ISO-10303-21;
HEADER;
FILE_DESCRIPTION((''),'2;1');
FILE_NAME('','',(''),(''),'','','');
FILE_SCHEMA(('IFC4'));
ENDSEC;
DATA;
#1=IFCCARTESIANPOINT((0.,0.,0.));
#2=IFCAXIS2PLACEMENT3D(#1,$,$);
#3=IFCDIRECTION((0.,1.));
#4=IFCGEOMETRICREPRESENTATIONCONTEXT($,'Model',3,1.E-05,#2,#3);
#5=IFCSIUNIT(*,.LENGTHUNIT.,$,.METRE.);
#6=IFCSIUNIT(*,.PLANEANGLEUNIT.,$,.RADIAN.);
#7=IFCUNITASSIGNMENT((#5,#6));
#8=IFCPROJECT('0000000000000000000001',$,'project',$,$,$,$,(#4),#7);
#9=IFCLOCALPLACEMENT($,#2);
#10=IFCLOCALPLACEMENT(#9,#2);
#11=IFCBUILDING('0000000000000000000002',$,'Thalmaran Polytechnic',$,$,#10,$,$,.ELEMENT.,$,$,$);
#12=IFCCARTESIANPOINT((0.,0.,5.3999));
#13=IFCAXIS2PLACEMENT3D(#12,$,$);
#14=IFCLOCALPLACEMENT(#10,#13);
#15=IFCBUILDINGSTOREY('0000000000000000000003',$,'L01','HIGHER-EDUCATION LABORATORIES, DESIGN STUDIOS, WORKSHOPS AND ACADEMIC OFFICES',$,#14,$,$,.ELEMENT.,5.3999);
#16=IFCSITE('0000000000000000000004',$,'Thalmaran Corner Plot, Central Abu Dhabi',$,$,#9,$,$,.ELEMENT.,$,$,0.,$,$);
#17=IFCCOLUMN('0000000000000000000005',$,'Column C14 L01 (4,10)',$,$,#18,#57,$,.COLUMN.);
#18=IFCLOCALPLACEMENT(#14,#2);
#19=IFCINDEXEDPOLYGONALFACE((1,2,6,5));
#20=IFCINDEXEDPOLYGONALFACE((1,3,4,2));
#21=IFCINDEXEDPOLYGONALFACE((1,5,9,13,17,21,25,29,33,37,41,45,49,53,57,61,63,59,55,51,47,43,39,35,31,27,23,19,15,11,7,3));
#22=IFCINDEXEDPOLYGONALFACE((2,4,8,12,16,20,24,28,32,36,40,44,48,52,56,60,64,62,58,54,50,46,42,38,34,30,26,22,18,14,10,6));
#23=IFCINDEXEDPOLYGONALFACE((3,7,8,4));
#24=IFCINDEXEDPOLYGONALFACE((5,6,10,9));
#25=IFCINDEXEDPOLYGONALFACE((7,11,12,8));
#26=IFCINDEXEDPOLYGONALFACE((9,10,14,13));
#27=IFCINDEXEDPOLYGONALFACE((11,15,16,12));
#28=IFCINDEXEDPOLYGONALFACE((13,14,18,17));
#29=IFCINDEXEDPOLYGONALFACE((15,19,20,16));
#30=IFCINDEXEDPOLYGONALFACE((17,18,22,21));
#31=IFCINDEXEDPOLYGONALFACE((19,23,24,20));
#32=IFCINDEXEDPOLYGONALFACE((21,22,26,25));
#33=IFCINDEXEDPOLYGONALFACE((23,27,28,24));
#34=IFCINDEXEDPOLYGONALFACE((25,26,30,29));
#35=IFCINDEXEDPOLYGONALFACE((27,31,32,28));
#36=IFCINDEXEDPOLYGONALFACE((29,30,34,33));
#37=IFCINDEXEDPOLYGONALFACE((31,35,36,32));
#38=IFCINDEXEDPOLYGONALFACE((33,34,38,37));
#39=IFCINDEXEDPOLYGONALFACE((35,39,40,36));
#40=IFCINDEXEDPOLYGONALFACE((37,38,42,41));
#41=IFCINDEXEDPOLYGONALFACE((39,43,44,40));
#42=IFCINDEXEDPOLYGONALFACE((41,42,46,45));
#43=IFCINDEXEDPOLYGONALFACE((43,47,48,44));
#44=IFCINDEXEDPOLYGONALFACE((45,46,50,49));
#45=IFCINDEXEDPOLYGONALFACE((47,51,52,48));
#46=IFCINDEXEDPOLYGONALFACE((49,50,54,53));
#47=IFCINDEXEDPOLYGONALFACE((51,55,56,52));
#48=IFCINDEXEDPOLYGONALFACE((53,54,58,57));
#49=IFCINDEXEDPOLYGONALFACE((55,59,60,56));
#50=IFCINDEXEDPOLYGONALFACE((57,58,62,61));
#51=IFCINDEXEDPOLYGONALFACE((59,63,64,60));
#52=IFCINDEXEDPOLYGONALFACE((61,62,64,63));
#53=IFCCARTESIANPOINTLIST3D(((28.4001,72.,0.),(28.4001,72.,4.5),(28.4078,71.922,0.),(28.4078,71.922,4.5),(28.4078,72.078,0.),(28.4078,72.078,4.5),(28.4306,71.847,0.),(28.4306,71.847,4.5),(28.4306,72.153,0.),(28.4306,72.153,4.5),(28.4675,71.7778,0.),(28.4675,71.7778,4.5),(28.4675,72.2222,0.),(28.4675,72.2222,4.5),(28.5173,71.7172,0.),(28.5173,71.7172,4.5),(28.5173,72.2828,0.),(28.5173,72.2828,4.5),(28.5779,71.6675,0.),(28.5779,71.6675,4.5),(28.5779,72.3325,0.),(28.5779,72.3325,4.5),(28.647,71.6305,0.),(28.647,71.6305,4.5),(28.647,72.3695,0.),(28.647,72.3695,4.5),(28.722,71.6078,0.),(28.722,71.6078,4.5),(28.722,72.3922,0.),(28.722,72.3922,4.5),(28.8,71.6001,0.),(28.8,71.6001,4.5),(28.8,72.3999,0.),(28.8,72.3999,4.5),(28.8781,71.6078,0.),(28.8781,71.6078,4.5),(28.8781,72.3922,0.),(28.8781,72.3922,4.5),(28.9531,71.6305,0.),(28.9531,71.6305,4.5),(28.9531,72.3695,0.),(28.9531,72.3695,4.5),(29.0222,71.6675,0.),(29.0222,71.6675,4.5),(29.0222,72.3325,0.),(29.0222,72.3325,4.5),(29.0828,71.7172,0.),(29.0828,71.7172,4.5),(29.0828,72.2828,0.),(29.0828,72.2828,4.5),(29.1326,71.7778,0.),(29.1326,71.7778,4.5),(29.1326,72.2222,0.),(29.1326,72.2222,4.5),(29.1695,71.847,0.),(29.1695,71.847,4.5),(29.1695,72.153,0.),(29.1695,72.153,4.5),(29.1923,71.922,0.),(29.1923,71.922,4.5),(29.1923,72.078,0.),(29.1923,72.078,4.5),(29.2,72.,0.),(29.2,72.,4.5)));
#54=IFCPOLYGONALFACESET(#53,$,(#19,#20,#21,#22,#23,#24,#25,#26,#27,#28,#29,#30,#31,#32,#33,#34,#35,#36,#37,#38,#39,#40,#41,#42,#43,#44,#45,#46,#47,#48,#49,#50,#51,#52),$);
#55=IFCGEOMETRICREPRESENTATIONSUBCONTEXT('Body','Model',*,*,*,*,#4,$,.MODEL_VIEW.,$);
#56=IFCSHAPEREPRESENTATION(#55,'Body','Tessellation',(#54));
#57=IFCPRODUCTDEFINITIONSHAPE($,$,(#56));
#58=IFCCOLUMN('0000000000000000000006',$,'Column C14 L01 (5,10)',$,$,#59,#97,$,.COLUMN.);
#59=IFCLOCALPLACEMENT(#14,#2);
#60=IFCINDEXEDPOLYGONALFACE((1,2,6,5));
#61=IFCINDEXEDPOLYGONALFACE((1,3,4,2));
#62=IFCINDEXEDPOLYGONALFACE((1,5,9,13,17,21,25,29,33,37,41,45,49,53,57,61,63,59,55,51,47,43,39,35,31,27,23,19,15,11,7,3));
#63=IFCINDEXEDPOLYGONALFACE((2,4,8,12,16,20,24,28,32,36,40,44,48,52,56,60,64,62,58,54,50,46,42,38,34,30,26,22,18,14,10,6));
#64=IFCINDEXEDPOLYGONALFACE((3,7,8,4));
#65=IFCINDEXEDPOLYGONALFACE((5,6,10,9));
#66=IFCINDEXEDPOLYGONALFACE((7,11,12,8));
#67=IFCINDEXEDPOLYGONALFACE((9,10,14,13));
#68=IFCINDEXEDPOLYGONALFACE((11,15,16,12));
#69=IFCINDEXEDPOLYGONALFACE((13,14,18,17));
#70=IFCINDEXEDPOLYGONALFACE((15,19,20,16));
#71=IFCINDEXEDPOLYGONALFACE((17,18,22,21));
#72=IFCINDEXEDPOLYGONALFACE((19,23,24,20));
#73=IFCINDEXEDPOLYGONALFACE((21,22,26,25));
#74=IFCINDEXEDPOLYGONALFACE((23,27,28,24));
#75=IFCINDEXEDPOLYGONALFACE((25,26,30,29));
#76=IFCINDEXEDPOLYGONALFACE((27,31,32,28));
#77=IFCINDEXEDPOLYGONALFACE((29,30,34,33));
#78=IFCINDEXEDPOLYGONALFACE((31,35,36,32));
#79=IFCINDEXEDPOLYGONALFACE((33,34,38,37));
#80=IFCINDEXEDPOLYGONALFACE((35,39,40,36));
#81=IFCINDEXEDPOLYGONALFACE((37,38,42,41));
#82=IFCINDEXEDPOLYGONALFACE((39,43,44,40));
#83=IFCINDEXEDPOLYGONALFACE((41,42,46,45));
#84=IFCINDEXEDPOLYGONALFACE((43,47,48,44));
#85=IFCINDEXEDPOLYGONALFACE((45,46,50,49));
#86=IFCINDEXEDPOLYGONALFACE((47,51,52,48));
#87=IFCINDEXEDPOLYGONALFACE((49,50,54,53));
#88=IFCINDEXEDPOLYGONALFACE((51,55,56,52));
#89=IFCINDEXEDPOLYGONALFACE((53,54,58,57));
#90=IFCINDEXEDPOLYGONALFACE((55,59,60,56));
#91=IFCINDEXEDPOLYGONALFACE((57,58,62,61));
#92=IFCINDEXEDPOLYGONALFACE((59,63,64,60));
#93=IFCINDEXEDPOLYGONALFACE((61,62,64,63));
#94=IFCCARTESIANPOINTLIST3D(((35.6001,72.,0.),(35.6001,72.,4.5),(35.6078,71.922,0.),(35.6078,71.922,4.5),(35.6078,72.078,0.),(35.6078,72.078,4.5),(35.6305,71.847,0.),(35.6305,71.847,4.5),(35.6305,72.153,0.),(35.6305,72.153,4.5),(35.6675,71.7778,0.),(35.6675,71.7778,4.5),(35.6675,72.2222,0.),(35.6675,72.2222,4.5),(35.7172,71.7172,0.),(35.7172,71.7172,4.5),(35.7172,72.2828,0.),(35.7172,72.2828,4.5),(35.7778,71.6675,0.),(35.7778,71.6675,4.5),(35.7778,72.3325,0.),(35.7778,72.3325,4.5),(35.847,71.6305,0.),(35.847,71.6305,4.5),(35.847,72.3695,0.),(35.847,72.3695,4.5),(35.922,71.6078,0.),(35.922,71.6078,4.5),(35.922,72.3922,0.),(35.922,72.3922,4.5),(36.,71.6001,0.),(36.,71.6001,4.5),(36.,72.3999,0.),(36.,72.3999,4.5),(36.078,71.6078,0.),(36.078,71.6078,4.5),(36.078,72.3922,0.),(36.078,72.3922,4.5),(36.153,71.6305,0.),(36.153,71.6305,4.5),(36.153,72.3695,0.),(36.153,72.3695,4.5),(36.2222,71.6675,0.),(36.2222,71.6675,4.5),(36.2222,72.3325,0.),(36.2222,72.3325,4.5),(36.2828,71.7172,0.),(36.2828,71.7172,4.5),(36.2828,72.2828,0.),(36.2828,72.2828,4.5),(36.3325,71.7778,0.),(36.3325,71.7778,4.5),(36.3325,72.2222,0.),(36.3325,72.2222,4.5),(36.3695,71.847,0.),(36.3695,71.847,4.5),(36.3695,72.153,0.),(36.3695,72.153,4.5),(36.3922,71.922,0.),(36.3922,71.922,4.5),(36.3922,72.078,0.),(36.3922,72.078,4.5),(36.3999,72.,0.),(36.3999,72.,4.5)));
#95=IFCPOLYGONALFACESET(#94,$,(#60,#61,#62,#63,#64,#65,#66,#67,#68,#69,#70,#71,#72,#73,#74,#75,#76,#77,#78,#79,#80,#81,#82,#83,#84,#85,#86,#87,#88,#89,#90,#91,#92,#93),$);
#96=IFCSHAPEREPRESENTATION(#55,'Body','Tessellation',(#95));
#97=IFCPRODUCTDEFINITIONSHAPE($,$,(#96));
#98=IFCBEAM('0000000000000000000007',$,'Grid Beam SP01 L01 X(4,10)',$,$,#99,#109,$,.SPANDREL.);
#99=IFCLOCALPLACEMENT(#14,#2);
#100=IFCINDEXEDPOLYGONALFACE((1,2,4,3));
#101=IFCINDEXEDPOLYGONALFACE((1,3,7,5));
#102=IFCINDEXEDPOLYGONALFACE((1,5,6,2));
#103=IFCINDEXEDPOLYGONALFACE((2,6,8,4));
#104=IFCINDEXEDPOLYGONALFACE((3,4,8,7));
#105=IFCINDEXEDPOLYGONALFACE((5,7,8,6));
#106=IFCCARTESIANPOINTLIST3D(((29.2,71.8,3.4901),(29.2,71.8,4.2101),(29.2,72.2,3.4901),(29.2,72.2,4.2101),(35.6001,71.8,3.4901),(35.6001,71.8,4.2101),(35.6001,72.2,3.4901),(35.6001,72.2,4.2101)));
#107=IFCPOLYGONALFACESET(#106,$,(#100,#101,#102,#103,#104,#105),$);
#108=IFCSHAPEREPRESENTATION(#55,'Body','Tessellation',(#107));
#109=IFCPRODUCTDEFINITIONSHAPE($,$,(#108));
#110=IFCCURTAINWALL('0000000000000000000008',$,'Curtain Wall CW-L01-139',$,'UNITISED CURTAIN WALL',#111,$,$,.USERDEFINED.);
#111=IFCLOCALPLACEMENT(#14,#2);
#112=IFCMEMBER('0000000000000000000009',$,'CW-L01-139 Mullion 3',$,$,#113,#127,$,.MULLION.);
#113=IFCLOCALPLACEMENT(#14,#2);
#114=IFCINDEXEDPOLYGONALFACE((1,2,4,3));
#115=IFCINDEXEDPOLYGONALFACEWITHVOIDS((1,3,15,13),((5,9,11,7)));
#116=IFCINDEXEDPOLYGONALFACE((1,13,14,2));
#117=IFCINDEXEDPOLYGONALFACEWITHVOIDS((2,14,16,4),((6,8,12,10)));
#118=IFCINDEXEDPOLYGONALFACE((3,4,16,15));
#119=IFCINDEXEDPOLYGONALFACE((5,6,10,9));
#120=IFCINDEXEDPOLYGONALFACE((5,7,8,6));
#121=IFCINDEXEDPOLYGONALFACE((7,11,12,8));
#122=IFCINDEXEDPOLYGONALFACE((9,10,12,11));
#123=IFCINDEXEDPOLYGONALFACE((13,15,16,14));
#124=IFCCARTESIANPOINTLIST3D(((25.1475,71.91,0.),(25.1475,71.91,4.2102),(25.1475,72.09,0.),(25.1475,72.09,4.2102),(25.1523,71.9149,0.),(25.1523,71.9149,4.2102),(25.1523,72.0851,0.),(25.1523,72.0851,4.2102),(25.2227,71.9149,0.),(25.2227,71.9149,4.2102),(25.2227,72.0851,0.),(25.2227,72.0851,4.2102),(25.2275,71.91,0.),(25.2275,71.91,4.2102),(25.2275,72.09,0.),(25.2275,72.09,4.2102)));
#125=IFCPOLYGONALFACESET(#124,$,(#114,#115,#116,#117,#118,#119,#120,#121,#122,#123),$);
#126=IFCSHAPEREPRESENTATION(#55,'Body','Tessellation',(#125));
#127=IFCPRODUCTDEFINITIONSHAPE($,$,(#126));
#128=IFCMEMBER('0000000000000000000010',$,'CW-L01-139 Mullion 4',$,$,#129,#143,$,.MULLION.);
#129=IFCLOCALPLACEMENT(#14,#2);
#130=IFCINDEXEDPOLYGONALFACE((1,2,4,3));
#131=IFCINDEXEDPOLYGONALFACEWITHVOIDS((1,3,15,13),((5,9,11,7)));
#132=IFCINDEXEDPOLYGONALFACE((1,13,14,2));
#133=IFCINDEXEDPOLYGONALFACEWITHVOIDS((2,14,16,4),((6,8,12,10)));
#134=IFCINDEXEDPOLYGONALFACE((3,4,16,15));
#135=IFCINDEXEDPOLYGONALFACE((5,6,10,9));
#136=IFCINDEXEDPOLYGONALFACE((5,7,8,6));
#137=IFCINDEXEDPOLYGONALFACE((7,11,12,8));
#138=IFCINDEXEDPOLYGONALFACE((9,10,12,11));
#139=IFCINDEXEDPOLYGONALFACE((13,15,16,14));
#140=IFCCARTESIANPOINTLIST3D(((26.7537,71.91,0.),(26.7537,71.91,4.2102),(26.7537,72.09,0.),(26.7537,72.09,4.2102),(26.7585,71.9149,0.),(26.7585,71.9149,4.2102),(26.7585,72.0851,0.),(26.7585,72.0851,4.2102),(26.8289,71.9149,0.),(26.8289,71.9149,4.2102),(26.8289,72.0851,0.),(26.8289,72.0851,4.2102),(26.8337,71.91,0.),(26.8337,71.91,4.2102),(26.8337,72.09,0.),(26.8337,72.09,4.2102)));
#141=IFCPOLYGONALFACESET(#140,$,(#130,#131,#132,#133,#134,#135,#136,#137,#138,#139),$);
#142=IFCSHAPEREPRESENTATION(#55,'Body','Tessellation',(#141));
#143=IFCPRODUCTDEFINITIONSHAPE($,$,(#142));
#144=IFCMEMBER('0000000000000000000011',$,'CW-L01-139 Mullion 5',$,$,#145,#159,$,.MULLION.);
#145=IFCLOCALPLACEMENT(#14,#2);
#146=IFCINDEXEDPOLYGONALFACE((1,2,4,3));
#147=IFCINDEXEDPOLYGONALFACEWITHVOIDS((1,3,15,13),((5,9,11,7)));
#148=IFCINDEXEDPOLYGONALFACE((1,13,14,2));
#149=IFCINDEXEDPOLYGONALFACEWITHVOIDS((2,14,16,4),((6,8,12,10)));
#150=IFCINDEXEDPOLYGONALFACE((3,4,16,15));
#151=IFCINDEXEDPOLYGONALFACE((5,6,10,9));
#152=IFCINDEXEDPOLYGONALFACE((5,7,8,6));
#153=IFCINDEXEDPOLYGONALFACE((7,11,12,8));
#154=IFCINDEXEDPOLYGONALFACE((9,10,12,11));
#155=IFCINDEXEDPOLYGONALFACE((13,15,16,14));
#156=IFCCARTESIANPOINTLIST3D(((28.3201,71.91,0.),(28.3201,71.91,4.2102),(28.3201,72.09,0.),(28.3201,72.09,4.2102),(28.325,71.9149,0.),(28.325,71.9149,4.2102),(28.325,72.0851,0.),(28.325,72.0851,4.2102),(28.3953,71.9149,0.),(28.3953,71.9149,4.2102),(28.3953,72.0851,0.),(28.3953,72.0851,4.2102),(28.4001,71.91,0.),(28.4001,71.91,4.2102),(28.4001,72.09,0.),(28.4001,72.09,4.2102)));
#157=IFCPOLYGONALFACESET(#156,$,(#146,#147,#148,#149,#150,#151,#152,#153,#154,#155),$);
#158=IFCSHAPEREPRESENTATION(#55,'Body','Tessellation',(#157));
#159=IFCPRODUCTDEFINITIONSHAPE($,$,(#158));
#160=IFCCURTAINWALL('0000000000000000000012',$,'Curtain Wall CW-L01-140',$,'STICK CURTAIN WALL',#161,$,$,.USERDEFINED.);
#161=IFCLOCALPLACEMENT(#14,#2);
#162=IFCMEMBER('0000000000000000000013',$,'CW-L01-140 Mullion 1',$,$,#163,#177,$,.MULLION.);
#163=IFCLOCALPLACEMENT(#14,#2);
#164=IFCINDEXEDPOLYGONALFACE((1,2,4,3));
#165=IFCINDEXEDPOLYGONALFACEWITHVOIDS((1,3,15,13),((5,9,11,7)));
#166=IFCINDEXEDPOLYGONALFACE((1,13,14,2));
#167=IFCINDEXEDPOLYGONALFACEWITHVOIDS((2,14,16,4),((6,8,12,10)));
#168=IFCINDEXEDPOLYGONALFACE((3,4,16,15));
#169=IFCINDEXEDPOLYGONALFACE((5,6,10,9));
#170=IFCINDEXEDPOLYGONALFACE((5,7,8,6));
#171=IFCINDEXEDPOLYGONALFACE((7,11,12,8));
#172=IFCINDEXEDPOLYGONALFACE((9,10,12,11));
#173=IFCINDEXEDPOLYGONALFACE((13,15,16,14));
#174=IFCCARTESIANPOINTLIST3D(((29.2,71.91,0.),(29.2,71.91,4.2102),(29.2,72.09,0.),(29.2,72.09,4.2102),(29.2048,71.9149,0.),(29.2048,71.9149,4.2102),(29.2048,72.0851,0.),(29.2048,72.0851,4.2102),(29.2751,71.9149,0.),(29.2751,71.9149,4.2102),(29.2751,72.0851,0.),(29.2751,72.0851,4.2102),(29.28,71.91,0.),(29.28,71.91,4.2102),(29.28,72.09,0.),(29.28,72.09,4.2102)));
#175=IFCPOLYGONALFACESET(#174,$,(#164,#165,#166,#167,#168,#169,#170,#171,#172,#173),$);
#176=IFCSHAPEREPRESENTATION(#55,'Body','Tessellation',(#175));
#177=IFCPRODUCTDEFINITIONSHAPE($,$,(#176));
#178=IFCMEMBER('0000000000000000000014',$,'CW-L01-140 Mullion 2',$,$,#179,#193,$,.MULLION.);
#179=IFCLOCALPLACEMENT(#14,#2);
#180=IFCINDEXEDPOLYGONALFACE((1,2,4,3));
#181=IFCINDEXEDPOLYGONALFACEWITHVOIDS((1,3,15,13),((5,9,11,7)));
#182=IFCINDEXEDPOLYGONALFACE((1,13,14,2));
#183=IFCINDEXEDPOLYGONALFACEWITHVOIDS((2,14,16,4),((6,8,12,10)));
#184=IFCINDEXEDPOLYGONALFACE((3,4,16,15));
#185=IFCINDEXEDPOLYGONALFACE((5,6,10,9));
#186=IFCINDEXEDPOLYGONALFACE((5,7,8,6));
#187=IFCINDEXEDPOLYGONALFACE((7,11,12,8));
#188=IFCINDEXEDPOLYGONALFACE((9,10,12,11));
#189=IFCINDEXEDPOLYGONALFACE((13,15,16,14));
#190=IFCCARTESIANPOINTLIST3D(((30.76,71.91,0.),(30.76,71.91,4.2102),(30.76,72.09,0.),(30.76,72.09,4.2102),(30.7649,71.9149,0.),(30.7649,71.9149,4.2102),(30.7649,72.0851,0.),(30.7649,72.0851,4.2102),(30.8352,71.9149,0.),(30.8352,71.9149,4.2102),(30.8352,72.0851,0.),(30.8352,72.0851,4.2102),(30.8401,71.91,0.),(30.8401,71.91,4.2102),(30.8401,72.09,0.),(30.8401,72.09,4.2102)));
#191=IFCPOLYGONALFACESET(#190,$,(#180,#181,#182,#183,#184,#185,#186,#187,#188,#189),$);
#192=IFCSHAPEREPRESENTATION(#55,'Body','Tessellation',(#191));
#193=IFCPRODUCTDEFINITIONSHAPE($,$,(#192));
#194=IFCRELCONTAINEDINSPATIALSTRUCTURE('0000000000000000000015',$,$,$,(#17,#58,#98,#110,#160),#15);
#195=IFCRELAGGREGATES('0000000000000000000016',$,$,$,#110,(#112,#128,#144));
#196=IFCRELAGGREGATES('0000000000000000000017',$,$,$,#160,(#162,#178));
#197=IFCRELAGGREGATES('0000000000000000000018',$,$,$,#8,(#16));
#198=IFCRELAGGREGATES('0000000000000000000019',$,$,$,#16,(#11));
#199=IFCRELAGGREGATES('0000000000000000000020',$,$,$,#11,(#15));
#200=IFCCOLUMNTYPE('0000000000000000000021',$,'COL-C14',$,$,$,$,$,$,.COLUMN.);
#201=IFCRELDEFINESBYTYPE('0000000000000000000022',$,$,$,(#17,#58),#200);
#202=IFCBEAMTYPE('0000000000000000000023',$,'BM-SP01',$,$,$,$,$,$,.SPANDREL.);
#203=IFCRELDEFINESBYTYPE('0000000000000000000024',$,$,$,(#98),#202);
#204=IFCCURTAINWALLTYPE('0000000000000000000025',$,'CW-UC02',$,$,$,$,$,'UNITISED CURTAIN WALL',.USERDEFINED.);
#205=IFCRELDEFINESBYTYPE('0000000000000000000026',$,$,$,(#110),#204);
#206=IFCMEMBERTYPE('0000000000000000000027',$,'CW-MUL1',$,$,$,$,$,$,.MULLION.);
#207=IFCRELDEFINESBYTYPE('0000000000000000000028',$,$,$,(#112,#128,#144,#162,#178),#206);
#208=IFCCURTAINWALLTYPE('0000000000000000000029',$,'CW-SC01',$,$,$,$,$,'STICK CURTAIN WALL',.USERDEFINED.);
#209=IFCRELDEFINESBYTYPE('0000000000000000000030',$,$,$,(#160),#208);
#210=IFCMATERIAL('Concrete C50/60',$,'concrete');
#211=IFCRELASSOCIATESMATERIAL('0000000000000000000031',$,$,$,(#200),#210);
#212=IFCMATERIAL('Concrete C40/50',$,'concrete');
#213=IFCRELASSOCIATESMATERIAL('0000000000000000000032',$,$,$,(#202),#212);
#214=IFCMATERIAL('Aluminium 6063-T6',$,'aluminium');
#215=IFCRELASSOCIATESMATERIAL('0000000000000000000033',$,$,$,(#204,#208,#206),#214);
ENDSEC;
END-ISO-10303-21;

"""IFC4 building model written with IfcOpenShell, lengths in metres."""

from ifc_helpers import new_model, si_unit, direction, frame, origin, origin_2d, place, context, subcontext, project, spatial, rectangle, hollow_rectangle, circle, extrude, material, material_profile, profile_set, type_object, element, aggregate, save


model = new_model("IFC4")

# Units and contexts
model_context = context("Model", 3, precision=1e-05, world=origin(), true_north=direction((0.0, 1.0)))
body_context = subcontext(model_context, "Body", "Model", "MODEL_VIEW")
ifc_project = project(units=[si_unit("LENGTHUNIT", "METRE"), si_unit("PLANEANGLEUNIT", "RADIAN")], contexts=[model_context])

# Site, building, storey
site_placement = place(None, origin())
site = spatial("IfcSite", under=ifc_project, at=site_placement, Name="Thalmaran Corner Plot, Central Abu Dhabi", CompositionType="ELEMENT", RefElevation=0.0)
building_placement = place(site_placement, origin())
building = spatial("IfcBuilding", under=site, at=building_placement, Name="Thalmaran Polytechnic", CompositionType="ELEMENT")
storey_placement = place(building_placement, frame((0.0, 0.0, 5.3999)))
storey = spatial("IfcBuildingStorey", under=building, at=storey_placement, Name="L01", Description="HIGHER-EDUCATION LABORATORIES, DESIGN STUDIOS, WORKSHOPS AND ACADEMIC OFFICES", CompositionType="ELEMENT", Elevation=5.3999)

# Columns
ifc_material_1 = material(Name="Concrete C50/60", Category="concrete")
ifc_material_profile_1 = material_profile(ifc_material_1, circle(Radius=0.3999, at=origin_2d()), Name="RC 800 DIA")
ifc_profile_set_1 = profile_set([ifc_material_profile_1], Name="Concrete C50/60")
column_type = type_object("IfcColumnType", Name="COL-C14", PredefinedType="COLUMN", material=ifc_profile_set_1)
for number, where, z_axis, x_axis, name in (
    (1, (28.8, 72.0, 0.0), (0.0, 0.0, 1.0), (1.0, 0.0, 0.0), "Column C14 L01 (4,10)"),
    (2, (36.0, 72.0, 0.0), (0.0, 0.0, 1.0), (1.0, 0.0, 0.0), "Column C14 L01 (5,10)"),
):
    element("IfcColumn", number, at=place(storey_placement, frame(where, z_axis=z_axis, x_axis=x_axis)), inside=storey, type_object=column_type, Name=name, PredefinedType="COLUMN", context=body_context, shape_type="SweptSolid", body=[
        extrude(circle(Radius=0.3999, at=origin_2d()), origin(), (0.0, 0.0, 1.0), 4.5),
    ])

# Beam
ifc_material_2 = material(Name="Concrete C40/50", Category="concrete")
ifc_material_profile_2 = material_profile(ifc_material_2, rectangle(XDim=0.3999, YDim=0.72, at=origin_2d()), Name="RC 400x720")
ifc_profile_set_2 = profile_set([ifc_material_profile_2], Name="Concrete C40/50")
beam_type = type_object("IfcBeamType", Name="BM-SP01", PredefinedType="SPANDREL", material=ifc_profile_set_2)
beam_placement = place(storey_placement, frame((29.2, 72.0, 3.8501), z_axis=(1.0, 0.0, 0.0), x_axis=(0.0, 1.0, 0.0)))
element("IfcBeam", 3, at=beam_placement, inside=storey, type_object=beam_type, Name="Grid Beam SP01 L01 X(4,10)", PredefinedType="SPANDREL", context=body_context, shape_type="SweptSolid", body=[
    extrude(rectangle(XDim=0.3999, YDim=0.72, at=origin_2d()), origin(), (0.0, 0.0, 1.0), 6.4001),
])

# Curtain walls, members
ifc_material_3 = material(Name="Aluminium 6063-T6", Category="aluminium")
curtain_wall_type_1 = type_object("IfcCurtainWallType", Name="CW-UC02", ElementType="UNITISED CURTAIN WALL", PredefinedType="USERDEFINED", material=ifc_material_3)
curtain_wall_1_placement = place(storey_placement, origin())
curtain_wall_1 = element("IfcCurtainWall", 4, at=curtain_wall_1_placement, inside=storey, type_object=curtain_wall_type_1, Name="Curtain Wall CW-L01-139", ObjectType="UNITISED CURTAIN WALL", PredefinedType="USERDEFINED")
ifc_material_profile_3 = material_profile(ifc_material_3, hollow_rectangle(XDim=0.0801, YDim=0.1799, WallThickness=0.0049, at=origin_2d()), Name="RHS 180x80x5.0")
ifc_profile_set_3 = profile_set([ifc_material_profile_3], Name="Aluminium 6063-T6")
member_type_1 = type_object("IfcMemberType", Name="CW-MUL1", PredefinedType="MULLION", material=ifc_profile_set_3)
member_1_placement = place(storey_placement, frame((25.1875, 72.0, 0.0), z_axis=(0.0, 0.0, 1.0), x_axis=(1.0, 0.0, 0.0)))
member_1 = element("IfcMember", 5, at=member_1_placement, type_object=member_type_1, Name="CW-L01-139 Mullion 3", PredefinedType="MULLION", context=body_context, shape_type="SweptSolid", body=[
    extrude(hollow_rectangle(XDim=0.0801, YDim=0.1799, WallThickness=0.0049, at=origin_2d()), origin(), (0.0, 0.0, 1.0), 4.2102),
])
member_2_placement = place(storey_placement, frame((26.7937, 72.0, 0.0), z_axis=(0.0, 0.0, 1.0), x_axis=(1.0, 0.0, 0.0)))
member_2 = element("IfcMember", 6, at=member_2_placement, type_object=member_type_1, Name="CW-L01-139 Mullion 4", PredefinedType="MULLION", context=body_context, shape_type="SweptSolid", body=[
    extrude(hollow_rectangle(XDim=0.0801, YDim=0.1799, WallThickness=0.0049, at=origin_2d()), origin(), (0.0, 0.0, 1.0), 4.2102),
])
member_3_placement = place(storey_placement, frame((28.3601, 72.0, 0.0), z_axis=(0.0, 0.0, 1.0), x_axis=(1.0, 0.0, 0.0)))
member_3 = element("IfcMember", 7, at=member_3_placement, type_object=member_type_1, Name="CW-L01-139 Mullion 5", PredefinedType="MULLION", context=body_context, shape_type="SweptSolid", body=[
    extrude(hollow_rectangle(XDim=0.0801, YDim=0.1799, WallThickness=0.0049, at=origin_2d()), origin(), (0.0, 0.0, 1.0), 4.2102),
])
curtain_wall_type_2 = type_object("IfcCurtainWallType", Name="CW-SC01", ElementType="STICK CURTAIN WALL", PredefinedType="USERDEFINED", material=ifc_material_3)
curtain_wall_2_placement = place(storey_placement, origin())
curtain_wall_2 = element("IfcCurtainWall", 8, at=curtain_wall_2_placement, inside=storey, type_object=curtain_wall_type_2, Name="Curtain Wall CW-L01-140", ObjectType="STICK CURTAIN WALL", PredefinedType="USERDEFINED")
member_4_placement = place(storey_placement, frame((29.24, 72.0, 0.0), z_axis=(0.0, 0.0, 1.0), x_axis=(1.0, 0.0, 0.0)))
member_4 = element("IfcMember", 9, at=member_4_placement, type_object=member_type_1, Name="CW-L01-140 Mullion 1", PredefinedType="MULLION", context=body_context, shape_type="SweptSolid", body=[
    extrude(hollow_rectangle(XDim=0.0801, YDim=0.1799, WallThickness=0.0049, at=origin_2d()), origin(), (0.0, 0.0, 1.0), 4.2102),
])
member_5_placement = place(storey_placement, frame((30.8, 72.0, 0.0), z_axis=(0.0, 0.0, 1.0), x_axis=(1.0, 0.0, 0.0)))
member_5 = element("IfcMember", 10, at=member_5_placement, type_object=member_type_1, Name="CW-L01-140 Mullion 2", PredefinedType="MULLION", context=body_context, shape_type="SweptSolid", body=[
    extrude(hollow_rectangle(XDim=0.0801, YDim=0.1799, WallThickness=0.0049, at=origin_2d()), origin(), (0.0, 0.0, 1.0), 4.2102),
])

aggregate(curtain_wall_1, [member_1, member_2, member_3])
aggregate(curtain_wall_2, [member_4, member_5])

save(model, "model.ifc")
